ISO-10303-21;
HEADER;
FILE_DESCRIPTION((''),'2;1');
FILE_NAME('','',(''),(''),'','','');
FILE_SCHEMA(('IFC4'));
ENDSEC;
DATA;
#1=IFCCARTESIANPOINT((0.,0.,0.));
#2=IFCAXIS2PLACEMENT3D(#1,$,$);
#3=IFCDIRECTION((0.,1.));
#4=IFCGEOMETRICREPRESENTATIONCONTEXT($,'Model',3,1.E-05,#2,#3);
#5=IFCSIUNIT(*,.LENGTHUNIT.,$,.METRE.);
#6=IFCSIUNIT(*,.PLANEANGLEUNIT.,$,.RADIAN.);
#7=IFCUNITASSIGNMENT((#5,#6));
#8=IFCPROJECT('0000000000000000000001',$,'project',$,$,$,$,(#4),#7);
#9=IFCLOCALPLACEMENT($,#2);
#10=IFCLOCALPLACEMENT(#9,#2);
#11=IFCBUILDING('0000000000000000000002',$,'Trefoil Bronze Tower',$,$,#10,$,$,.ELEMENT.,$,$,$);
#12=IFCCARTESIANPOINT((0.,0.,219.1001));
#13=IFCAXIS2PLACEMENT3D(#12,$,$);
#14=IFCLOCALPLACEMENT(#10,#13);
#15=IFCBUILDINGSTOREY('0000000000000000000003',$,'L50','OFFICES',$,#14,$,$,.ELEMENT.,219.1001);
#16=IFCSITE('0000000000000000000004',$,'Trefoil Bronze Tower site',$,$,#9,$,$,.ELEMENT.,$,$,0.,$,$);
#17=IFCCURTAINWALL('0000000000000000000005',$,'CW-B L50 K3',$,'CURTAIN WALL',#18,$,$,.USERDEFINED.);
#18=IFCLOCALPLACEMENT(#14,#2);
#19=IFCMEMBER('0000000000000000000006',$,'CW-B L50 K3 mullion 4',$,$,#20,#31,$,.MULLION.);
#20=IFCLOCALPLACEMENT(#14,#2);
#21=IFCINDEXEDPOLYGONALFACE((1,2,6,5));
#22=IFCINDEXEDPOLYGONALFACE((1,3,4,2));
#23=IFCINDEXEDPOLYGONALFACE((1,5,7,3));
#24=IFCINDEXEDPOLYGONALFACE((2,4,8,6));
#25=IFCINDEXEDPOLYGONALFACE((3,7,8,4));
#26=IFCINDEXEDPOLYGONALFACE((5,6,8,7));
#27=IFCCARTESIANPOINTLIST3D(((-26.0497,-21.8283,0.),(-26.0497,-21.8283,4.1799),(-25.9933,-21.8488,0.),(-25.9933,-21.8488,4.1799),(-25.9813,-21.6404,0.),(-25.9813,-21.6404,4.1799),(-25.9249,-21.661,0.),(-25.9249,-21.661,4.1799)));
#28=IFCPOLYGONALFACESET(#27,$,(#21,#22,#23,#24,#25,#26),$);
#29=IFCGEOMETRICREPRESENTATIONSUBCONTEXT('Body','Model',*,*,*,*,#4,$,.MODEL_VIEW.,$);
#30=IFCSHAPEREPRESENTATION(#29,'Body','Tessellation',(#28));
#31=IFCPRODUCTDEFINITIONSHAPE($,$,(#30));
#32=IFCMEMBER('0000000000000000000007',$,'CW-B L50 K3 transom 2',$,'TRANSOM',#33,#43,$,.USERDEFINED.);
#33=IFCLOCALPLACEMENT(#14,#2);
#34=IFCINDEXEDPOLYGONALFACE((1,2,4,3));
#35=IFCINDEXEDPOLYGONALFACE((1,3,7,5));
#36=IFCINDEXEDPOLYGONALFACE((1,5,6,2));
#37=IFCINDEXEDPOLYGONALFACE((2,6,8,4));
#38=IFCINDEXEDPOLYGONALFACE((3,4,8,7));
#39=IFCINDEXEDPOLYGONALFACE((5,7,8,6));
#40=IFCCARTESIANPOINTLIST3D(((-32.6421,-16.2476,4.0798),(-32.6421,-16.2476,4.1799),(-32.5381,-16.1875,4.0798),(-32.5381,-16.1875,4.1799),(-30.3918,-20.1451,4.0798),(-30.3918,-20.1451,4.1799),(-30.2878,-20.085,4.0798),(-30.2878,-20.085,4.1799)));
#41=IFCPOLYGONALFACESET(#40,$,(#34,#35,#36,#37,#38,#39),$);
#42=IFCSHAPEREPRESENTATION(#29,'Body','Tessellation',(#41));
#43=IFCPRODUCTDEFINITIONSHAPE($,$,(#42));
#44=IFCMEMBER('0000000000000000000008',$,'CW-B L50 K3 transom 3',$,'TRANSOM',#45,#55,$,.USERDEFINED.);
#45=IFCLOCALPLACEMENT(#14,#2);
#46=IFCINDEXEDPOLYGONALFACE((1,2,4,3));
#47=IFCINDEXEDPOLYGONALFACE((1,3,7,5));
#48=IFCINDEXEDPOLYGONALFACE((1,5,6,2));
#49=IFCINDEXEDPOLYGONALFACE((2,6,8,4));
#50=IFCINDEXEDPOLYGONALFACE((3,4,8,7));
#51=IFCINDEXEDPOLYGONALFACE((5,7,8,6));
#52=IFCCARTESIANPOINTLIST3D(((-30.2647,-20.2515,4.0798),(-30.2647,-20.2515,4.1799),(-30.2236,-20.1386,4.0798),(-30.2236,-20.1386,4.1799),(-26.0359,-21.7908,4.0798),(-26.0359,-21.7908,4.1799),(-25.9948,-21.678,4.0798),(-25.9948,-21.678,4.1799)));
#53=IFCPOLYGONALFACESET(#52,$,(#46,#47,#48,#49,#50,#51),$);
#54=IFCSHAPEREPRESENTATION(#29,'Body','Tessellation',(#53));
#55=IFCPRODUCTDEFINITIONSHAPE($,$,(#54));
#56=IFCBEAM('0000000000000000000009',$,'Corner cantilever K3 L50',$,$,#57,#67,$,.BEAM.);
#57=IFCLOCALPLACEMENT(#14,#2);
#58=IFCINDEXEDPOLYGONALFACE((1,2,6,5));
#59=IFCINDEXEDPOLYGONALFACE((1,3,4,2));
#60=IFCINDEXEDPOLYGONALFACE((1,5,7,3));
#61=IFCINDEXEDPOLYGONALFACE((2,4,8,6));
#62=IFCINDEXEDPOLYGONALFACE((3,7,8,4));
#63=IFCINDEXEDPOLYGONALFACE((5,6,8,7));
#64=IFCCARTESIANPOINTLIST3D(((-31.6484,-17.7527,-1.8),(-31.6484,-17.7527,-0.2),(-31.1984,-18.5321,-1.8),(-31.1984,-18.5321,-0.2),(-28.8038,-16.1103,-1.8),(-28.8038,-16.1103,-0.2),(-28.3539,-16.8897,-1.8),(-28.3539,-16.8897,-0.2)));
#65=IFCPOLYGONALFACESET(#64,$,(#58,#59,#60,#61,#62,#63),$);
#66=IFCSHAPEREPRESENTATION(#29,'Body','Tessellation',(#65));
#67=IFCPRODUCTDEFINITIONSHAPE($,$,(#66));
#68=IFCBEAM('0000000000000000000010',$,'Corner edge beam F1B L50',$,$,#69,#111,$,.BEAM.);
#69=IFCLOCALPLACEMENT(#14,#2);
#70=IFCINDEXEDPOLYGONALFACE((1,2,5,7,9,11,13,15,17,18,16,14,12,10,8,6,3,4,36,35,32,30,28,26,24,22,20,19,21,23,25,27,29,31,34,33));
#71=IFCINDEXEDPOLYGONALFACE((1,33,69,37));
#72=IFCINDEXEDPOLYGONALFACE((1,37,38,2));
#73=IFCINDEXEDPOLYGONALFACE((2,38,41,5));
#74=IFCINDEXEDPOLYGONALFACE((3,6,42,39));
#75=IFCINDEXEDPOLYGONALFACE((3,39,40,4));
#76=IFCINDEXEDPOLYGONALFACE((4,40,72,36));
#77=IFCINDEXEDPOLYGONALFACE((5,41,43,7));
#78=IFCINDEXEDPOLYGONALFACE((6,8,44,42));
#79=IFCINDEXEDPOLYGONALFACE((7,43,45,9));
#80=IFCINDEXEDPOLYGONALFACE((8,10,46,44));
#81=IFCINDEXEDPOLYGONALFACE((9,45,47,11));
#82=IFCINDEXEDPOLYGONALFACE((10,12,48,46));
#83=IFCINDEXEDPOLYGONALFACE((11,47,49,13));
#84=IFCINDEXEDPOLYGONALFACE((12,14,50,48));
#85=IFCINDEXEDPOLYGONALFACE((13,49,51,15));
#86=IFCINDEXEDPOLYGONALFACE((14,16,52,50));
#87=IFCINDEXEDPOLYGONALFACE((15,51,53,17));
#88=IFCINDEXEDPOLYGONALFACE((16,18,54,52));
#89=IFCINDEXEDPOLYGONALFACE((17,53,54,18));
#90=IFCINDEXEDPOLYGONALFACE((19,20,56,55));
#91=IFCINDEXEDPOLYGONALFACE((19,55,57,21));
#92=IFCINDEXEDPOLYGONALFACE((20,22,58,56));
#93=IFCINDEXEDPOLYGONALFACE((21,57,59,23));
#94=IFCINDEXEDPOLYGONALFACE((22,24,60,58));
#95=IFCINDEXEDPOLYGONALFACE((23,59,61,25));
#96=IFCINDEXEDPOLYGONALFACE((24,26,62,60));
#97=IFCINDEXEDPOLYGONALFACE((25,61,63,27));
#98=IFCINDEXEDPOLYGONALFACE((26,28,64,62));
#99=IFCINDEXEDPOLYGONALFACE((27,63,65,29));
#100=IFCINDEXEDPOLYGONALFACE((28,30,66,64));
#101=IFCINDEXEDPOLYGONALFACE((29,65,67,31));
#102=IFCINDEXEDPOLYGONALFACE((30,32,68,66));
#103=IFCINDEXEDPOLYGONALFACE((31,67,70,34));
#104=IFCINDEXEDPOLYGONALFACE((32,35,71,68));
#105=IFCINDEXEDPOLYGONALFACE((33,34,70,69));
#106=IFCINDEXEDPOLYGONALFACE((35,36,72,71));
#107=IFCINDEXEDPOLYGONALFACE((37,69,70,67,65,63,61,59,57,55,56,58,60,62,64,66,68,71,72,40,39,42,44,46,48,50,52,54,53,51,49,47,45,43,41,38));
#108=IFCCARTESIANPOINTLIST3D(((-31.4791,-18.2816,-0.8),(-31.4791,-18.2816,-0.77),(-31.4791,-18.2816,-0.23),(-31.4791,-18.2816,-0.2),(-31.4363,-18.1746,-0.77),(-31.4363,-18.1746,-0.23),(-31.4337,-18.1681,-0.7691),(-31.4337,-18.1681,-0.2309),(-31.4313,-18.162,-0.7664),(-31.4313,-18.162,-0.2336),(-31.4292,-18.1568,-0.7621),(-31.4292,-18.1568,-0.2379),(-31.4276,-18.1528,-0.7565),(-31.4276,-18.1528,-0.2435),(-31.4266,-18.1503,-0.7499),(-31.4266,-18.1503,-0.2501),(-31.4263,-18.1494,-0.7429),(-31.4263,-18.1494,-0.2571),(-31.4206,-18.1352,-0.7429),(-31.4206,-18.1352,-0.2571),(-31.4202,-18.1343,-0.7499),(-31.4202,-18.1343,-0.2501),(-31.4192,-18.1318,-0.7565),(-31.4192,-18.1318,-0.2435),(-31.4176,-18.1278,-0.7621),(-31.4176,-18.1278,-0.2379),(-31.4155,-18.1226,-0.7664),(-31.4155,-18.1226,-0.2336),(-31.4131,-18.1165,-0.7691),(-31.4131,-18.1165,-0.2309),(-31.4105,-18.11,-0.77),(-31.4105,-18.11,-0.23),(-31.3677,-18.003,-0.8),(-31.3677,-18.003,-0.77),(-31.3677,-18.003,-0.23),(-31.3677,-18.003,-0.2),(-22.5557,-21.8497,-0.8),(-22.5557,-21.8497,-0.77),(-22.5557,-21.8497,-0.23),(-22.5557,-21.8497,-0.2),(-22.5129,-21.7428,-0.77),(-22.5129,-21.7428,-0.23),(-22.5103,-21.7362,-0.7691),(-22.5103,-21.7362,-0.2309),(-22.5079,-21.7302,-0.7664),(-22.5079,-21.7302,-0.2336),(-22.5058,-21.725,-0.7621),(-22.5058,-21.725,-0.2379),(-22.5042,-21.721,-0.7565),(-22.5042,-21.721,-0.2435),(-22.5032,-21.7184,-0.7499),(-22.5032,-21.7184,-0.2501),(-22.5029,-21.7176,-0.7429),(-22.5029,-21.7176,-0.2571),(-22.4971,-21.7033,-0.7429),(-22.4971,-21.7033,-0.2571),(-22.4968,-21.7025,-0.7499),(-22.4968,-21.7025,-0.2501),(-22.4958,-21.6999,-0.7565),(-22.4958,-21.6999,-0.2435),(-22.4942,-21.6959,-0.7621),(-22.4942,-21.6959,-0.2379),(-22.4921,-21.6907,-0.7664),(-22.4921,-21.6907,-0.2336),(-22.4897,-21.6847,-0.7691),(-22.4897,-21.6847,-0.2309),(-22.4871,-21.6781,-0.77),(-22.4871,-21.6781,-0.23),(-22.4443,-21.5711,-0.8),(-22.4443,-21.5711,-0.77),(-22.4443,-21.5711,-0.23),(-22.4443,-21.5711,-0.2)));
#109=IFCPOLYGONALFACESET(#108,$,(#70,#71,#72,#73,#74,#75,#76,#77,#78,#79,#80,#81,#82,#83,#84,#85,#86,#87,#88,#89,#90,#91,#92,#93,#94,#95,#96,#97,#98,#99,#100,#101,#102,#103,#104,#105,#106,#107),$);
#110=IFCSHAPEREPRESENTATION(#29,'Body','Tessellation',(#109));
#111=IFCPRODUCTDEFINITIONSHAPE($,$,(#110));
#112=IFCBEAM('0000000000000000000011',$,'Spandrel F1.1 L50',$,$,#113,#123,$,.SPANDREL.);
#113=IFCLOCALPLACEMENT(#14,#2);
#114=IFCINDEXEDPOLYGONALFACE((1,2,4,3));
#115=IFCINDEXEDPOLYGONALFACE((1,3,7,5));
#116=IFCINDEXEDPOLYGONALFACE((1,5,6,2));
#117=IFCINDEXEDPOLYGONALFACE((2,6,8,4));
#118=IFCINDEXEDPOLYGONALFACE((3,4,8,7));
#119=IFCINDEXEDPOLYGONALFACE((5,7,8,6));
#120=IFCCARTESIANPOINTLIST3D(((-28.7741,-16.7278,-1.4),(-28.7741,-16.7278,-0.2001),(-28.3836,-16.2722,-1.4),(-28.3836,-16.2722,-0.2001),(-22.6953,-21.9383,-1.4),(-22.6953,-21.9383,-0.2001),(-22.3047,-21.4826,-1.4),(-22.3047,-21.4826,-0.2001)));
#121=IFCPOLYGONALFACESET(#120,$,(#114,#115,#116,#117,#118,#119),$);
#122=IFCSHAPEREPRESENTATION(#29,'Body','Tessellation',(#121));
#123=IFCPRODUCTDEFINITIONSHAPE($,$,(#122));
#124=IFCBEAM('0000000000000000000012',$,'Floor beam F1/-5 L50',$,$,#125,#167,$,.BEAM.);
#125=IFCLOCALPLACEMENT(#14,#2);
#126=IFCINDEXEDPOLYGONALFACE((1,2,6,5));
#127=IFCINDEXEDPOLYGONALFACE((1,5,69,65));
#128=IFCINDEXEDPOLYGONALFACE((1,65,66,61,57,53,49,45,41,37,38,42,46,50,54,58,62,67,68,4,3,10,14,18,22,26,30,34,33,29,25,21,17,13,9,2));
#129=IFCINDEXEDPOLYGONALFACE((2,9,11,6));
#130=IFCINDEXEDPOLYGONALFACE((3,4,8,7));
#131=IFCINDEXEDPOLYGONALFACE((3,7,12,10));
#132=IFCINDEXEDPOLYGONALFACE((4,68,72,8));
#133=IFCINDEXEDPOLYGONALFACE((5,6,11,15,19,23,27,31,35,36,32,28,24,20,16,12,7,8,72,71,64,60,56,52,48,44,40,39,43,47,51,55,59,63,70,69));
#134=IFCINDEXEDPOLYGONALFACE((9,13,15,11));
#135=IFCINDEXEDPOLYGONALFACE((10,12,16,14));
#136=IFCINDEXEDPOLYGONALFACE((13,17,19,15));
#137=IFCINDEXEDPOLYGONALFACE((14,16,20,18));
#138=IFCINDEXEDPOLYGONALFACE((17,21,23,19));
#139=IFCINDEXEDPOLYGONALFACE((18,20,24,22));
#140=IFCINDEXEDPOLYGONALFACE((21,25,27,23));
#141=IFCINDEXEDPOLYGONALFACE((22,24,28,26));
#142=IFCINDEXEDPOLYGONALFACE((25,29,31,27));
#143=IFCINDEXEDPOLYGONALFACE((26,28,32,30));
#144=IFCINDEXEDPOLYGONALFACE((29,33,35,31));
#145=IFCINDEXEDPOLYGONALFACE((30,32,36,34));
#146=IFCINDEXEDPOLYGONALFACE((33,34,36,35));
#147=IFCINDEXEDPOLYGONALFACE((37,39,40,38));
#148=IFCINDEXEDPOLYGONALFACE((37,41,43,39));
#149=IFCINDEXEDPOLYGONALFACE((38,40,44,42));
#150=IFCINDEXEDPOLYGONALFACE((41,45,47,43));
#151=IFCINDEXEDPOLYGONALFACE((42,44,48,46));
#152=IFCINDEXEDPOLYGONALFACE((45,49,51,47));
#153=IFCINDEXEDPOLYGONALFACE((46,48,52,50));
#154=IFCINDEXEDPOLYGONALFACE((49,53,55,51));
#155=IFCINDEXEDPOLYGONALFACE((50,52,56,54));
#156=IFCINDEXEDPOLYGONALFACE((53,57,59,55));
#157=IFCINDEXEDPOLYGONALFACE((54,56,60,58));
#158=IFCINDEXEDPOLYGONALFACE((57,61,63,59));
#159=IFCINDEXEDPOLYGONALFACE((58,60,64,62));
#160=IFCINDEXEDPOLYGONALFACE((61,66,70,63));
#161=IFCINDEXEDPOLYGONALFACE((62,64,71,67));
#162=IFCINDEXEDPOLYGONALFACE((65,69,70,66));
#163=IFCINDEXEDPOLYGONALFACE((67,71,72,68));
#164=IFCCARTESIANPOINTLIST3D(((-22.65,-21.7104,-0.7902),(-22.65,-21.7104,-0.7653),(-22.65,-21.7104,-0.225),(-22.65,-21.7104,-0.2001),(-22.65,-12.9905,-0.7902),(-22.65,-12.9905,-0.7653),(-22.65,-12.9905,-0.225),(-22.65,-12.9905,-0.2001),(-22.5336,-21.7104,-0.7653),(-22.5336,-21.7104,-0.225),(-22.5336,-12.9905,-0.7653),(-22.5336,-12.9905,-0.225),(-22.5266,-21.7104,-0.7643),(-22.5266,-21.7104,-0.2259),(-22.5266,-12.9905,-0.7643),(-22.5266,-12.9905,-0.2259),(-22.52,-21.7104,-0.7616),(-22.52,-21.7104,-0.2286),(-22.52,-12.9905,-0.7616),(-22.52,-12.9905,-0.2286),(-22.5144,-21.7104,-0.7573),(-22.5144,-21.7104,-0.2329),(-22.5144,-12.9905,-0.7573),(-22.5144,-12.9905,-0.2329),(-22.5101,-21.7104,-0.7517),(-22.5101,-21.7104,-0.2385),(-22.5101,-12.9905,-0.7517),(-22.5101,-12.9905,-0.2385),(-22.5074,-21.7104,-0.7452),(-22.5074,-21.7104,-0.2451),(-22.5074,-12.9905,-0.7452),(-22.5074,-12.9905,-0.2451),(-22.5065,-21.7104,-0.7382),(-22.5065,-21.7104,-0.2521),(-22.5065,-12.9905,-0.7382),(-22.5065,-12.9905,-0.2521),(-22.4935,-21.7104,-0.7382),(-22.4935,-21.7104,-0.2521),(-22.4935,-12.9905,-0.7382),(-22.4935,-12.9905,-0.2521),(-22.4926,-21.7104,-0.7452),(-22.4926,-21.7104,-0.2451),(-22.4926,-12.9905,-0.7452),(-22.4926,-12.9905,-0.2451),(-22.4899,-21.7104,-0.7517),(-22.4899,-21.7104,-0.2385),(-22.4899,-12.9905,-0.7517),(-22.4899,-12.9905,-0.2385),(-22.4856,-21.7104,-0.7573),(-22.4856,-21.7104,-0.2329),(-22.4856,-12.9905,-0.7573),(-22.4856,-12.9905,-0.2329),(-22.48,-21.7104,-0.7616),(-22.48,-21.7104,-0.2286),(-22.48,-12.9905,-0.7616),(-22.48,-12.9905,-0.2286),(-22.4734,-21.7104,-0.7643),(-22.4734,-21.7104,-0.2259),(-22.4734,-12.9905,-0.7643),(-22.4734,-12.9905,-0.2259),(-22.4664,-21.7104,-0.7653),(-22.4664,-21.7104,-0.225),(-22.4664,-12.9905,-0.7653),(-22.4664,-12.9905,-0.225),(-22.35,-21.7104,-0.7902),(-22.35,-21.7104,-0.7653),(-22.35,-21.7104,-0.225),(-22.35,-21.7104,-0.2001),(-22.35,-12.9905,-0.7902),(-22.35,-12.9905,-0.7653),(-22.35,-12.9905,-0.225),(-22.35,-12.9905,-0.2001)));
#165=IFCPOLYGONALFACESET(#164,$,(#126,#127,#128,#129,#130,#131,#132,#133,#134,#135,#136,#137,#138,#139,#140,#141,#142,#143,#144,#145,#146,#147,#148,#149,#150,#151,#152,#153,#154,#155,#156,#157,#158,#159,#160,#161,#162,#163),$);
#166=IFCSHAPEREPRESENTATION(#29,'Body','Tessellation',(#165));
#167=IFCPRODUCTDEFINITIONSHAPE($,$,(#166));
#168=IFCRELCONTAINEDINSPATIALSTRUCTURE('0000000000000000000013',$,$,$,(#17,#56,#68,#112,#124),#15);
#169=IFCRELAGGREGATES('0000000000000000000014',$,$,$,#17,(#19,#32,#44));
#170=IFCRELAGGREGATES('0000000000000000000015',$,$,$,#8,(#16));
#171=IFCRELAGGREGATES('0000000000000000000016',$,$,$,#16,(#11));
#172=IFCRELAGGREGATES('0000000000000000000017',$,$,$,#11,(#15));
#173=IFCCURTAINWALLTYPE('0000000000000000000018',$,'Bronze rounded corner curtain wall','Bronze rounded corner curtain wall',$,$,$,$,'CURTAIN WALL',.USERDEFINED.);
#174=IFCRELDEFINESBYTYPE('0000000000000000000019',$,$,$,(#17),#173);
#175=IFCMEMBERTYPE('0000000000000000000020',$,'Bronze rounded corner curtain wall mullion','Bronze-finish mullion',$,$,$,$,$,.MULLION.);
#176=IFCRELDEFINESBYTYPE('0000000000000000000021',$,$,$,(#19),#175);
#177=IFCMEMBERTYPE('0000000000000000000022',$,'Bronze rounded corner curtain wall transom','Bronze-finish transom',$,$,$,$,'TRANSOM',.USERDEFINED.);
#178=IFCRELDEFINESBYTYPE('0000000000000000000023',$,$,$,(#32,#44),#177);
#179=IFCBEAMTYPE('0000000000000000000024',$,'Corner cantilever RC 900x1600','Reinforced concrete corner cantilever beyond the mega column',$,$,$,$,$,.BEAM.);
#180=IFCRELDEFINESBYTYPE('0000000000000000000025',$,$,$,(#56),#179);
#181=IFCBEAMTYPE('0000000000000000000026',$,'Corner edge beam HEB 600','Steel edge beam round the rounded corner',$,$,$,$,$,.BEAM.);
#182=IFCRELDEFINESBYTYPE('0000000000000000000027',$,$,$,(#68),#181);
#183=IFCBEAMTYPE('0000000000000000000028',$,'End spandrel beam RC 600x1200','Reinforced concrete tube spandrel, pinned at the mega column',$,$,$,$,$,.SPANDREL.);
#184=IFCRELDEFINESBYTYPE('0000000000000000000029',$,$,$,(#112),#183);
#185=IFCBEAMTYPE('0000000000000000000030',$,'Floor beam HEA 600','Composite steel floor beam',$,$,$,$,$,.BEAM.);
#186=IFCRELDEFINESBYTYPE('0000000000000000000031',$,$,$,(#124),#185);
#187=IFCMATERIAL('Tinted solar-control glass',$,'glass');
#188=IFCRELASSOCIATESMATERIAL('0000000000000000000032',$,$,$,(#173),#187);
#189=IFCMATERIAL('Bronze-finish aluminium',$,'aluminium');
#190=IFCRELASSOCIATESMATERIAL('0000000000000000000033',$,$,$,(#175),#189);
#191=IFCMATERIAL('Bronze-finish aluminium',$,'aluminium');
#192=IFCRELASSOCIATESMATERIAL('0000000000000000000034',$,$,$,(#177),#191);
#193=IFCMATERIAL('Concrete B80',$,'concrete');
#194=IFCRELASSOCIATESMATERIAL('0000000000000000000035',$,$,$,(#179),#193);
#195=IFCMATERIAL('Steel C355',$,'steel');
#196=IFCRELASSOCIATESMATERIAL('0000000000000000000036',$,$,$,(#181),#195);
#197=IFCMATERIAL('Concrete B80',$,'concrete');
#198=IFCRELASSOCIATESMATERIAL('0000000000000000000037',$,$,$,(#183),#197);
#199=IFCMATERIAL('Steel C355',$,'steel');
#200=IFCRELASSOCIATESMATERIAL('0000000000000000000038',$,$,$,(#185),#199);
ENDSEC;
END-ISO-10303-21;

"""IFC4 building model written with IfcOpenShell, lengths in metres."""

from ifc_helpers import new_model, si_unit, direction, frame, origin, origin_2d, place, context, subcontext, project, spatial, rectangle, i_section, extrude, material, material_profile, profile_set, type_object, element, aggregate, save


model = new_model("IFC4")

# Units and contexts
model_context = context("Model", 3, precision=1e-05, world=origin(), true_north=direction((0.0, 1.0)))
body_context = subcontext(model_context, "Body", "Model", "MODEL_VIEW")
ifc_project = project(units=[si_unit("LENGTHUNIT", "METRE"), si_unit("PLANEANGLEUNIT", "RADIAN")], contexts=[model_context])

# Site, building, storey
site_placement = place(None, origin())
site = spatial("IfcSite", under=ifc_project, at=site_placement, Name="Trefoil Bronze Tower site", CompositionType="ELEMENT", RefElevation=0.0)
building_placement = place(site_placement, origin())
building = spatial("IfcBuilding", under=site, at=building_placement, Name="Trefoil Bronze Tower", CompositionType="ELEMENT")
storey_placement = place(building_placement, frame((0.0, 0.0, 219.1001)))
storey = spatial("IfcBuildingStorey", under=building, at=storey_placement, Name="L50", Description="OFFICES", CompositionType="ELEMENT", Elevation=219.1001)

# Curtain wall, members
ifc_material_1 = material(Name="Tinted solar-control glass", Category="glass")
curtain_wall_type_1 = type_object("IfcCurtainWallType", Name="Bronze rounded corner curtain wall", Description="Bronze rounded corner curtain wall", ElementType="CURTAIN WALL", PredefinedType="USERDEFINED", material=ifc_material_1)
curtain_wall_1_placement = place(storey_placement, origin())
curtain_wall_1 = element("IfcCurtainWall", 1, at=curtain_wall_1_placement, inside=storey, type_object=curtain_wall_type_1, Name="CW-B L50 K3", ObjectType="CURTAIN WALL", PredefinedType="USERDEFINED")
ifc_material_2 = material(Name="Bronze-finish aluminium", Category="aluminium")
ifc_material_profile_1 = material_profile(ifc_material_2, rectangle(XDim=0.2, YDim=0.0601, at=origin_2d()), Name="CW-B mullion")
ifc_profile_set_1 = profile_set([ifc_material_profile_1], Name="Bronze-finish aluminium")
member_type_1 = type_object("IfcMemberType", Name="Bronze rounded corner curtain wall mullion", Description="Bronze-finish mullion", PredefinedType="MULLION", material=ifc_profile_set_1)
member_1_placement = place(storey_placement, frame((-25.9873, -21.7446, 0.0), z_axis=(0.0, 0.0, 1.0), x_axis=(0.34202, 0.939693, 0.0)))
member_1 = element("IfcMember", 2, at=member_1_placement, type_object=member_type_1, Name="CW-B L50 K3 mullion 4", PredefinedType="MULLION", context=body_context, shape_type="SweptSolid", body=[
    extrude(rectangle(XDim=0.2, YDim=0.0601, at=origin_2d()), origin(), (0.0, 0.0, 1.0), 4.1799),
])
ifc_material_3 = material(Name="Bronze-finish aluminium", Category="aluminium")
ifc_material_profile_2 = material_profile(ifc_material_3, rectangle(XDim=0.1201, YDim=0.1001, at=origin_2d()), Name="CW-B transom")
ifc_profile_set_2 = profile_set([ifc_material_profile_2], Name="Bronze-finish aluminium")
member_type_2 = type_object("IfcMemberType", Name="Bronze rounded corner curtain wall transom", Description="Bronze-finish transom", ElementType="TRANSOM", PredefinedType="USERDEFINED", material=ifc_profile_set_2)
member_2_placement = place(storey_placement, frame((-32.5901, -16.2175, 4.1299), z_axis=(0.500007, -0.866021, 0.0), x_axis=(0.866021, 0.500007, 0.0)))
member_2 = element("IfcMember", 3, at=member_2_placement, type_object=member_type_2, Name="CW-B L50 K3 transom 2", ObjectType="TRANSOM", PredefinedType="USERDEFINED", context=body_context, shape_type="SweptSolid", body=[
    extrude(rectangle(XDim=0.1201, YDim=0.1001, at=origin_2d()), origin(), (0.0, 0.0, 1.0), 4.5005),
])
member_3_placement = place(storey_placement, frame((-30.2441, -20.1951, 4.1299), z_axis=(0.939681, -0.342052, 0.0), x_axis=(0.342052, 0.939681, 0.0)))
member_3 = element("IfcMember", 4, at=member_3_placement, type_object=member_type_2, Name="CW-B L50 K3 transom 3", ObjectType="TRANSOM", PredefinedType="USERDEFINED", context=body_context, shape_type="SweptSolid", body=[
    extrude(rectangle(XDim=0.1201, YDim=0.1001, at=origin_2d()), origin(), (0.0, 0.0, 1.0), 4.5002),
])

# Beams
ifc_material_4 = material(Name="Concrete B80", Category="concrete")
ifc_material_profile_3 = material_profile(ifc_material_4, rectangle(XDim=0.8999, YDim=1.6001, at=origin_2d()), Name="RC 900x1600")
ifc_profile_set_3 = profile_set([ifc_material_profile_3], Name="Concrete B80")
beam_type_1 = type_object("IfcBeamType", Name="Corner cantilever RC 900x1600", Description="Reinforced concrete corner cantilever beyond the mega column", PredefinedType="BEAM", material=ifc_profile_set_3)
beam_1_placement = place(storey_placement, frame((-28.5789, -16.5, -1.0), z_axis=(-0.866016, -0.500016, 0.0), x_axis=(0.500016, -0.866016, 0.0)))
element("IfcBeam", 5, at=beam_1_placement, inside=storey, type_object=beam_type_1, Name="Corner cantilever K3 L50", PredefinedType="BEAM", context=body_context, shape_type="SweptSolid", body=[
    extrude(rectangle(XDim=0.8999, YDim=1.6001, at=origin_2d()), origin(), (0.0, 0.0, 1.0), 3.2847),
])
ifc_material_5 = material(Name="Steel C355", Category="steel")
ifc_material_profile_4 = material_profile(ifc_material_5, i_section(OverallWidth=0.3, OverallDepth=0.6001, WebThickness=0.0154, FlangeThickness=0.03, FilletRadius=0.0271, at=origin_2d()), Name="HEB 600")
ifc_profile_set_4 = profile_set([ifc_material_profile_4], Name="Steel C355")
beam_type_2 = type_object("IfcBeamType", Name="Corner edge beam HEB 600", Description="Steel edge beam round the rounded corner", PredefinedType="BEAM", material=ifc_profile_set_4)
beam_2_placement = place(storey_placement, frame((-22.5, -21.7104, -0.5), z_axis=(-0.92852, 0.371281, 0.0), x_axis=(-0.371281, -0.92852, 0.0)))
element("IfcBeam", 6, at=beam_2_placement, inside=storey, type_object=beam_type_2, Name="Corner edge beam F1B L50", PredefinedType="BEAM", context=body_context, shape_type="SweptSolid", body=[
    extrude(i_section(OverallWidth=0.3, OverallDepth=0.6001, WebThickness=0.0154, FlangeThickness=0.03, FilletRadius=0.0271, at=origin_2d()), origin(), (0.0, 0.0, 1.0), 9.6104),
])
ifc_material_6 = material(Name="Concrete B80", Category="concrete")
ifc_material_profile_5 = material_profile(ifc_material_6, rectangle(XDim=0.6001, YDim=1.2, at=origin_2d()), Name="RC 600x1200")
ifc_profile_set_5 = profile_set([ifc_material_profile_5], Name="Concrete B80")
beam_type_3 = type_object("IfcBeamType", Name="End spandrel beam RC 600x1200", Description="Reinforced concrete tube spandrel, pinned at the mega column", PredefinedType="SPANDREL", material=ifc_profile_set_5)
beam_3_placement = place(storey_placement, frame((-28.5789, -16.5, -0.8), z_axis=(0.759257, -0.650791, 0.0), x_axis=(0.650791, 0.759257, 0.0)))
element("IfcBeam", 7, at=beam_3_placement, inside=storey, type_object=beam_type_3, Name="Spandrel F1.1 L50", PredefinedType="SPANDREL", context=body_context, shape_type="SweptSolid", body=[
    extrude(rectangle(XDim=0.6001, YDim=1.2, at=origin_2d()), origin(), (0.0, 0.0, 1.0), 8.0063),
])
ifc_material_7 = material(Name="Steel C355", Category="steel")
ifc_material_profile_6 = material_profile(ifc_material_7, i_section(OverallWidth=0.3, OverallDepth=0.5901, WebThickness=0.0129, FlangeThickness=0.0249, FilletRadius=0.0271, at=origin_2d()), Name="HEA 600")
ifc_profile_set_6 = profile_set([ifc_material_profile_6], Name="Steel C355")
beam_type_4 = type_object("IfcBeamType", Name="Floor beam HEA 600", Description="Composite steel floor beam", PredefinedType="BEAM", material=ifc_profile_set_6)
beam_4_placement = place(storey_placement, frame((-22.5, -21.7104, -0.4951), z_axis=(0.0, 1.0, 0.0), x_axis=(-1.0, 0.0, 0.0)))
element("IfcBeam", 8, at=beam_4_placement, inside=storey, type_object=beam_type_4, Name="Floor beam F1/-5 L50", PredefinedType="BEAM", context=body_context, shape_type="SweptSolid", body=[
    extrude(i_section(OverallWidth=0.3, OverallDepth=0.5901, WebThickness=0.0129, FlangeThickness=0.0249, FilletRadius=0.0271, at=origin_2d()), origin(), (0.0, 0.0, 1.0), 8.72),
])

aggregate(curtain_wall_1, [member_1, member_2, member_3])

save(model, "model.ifc")
